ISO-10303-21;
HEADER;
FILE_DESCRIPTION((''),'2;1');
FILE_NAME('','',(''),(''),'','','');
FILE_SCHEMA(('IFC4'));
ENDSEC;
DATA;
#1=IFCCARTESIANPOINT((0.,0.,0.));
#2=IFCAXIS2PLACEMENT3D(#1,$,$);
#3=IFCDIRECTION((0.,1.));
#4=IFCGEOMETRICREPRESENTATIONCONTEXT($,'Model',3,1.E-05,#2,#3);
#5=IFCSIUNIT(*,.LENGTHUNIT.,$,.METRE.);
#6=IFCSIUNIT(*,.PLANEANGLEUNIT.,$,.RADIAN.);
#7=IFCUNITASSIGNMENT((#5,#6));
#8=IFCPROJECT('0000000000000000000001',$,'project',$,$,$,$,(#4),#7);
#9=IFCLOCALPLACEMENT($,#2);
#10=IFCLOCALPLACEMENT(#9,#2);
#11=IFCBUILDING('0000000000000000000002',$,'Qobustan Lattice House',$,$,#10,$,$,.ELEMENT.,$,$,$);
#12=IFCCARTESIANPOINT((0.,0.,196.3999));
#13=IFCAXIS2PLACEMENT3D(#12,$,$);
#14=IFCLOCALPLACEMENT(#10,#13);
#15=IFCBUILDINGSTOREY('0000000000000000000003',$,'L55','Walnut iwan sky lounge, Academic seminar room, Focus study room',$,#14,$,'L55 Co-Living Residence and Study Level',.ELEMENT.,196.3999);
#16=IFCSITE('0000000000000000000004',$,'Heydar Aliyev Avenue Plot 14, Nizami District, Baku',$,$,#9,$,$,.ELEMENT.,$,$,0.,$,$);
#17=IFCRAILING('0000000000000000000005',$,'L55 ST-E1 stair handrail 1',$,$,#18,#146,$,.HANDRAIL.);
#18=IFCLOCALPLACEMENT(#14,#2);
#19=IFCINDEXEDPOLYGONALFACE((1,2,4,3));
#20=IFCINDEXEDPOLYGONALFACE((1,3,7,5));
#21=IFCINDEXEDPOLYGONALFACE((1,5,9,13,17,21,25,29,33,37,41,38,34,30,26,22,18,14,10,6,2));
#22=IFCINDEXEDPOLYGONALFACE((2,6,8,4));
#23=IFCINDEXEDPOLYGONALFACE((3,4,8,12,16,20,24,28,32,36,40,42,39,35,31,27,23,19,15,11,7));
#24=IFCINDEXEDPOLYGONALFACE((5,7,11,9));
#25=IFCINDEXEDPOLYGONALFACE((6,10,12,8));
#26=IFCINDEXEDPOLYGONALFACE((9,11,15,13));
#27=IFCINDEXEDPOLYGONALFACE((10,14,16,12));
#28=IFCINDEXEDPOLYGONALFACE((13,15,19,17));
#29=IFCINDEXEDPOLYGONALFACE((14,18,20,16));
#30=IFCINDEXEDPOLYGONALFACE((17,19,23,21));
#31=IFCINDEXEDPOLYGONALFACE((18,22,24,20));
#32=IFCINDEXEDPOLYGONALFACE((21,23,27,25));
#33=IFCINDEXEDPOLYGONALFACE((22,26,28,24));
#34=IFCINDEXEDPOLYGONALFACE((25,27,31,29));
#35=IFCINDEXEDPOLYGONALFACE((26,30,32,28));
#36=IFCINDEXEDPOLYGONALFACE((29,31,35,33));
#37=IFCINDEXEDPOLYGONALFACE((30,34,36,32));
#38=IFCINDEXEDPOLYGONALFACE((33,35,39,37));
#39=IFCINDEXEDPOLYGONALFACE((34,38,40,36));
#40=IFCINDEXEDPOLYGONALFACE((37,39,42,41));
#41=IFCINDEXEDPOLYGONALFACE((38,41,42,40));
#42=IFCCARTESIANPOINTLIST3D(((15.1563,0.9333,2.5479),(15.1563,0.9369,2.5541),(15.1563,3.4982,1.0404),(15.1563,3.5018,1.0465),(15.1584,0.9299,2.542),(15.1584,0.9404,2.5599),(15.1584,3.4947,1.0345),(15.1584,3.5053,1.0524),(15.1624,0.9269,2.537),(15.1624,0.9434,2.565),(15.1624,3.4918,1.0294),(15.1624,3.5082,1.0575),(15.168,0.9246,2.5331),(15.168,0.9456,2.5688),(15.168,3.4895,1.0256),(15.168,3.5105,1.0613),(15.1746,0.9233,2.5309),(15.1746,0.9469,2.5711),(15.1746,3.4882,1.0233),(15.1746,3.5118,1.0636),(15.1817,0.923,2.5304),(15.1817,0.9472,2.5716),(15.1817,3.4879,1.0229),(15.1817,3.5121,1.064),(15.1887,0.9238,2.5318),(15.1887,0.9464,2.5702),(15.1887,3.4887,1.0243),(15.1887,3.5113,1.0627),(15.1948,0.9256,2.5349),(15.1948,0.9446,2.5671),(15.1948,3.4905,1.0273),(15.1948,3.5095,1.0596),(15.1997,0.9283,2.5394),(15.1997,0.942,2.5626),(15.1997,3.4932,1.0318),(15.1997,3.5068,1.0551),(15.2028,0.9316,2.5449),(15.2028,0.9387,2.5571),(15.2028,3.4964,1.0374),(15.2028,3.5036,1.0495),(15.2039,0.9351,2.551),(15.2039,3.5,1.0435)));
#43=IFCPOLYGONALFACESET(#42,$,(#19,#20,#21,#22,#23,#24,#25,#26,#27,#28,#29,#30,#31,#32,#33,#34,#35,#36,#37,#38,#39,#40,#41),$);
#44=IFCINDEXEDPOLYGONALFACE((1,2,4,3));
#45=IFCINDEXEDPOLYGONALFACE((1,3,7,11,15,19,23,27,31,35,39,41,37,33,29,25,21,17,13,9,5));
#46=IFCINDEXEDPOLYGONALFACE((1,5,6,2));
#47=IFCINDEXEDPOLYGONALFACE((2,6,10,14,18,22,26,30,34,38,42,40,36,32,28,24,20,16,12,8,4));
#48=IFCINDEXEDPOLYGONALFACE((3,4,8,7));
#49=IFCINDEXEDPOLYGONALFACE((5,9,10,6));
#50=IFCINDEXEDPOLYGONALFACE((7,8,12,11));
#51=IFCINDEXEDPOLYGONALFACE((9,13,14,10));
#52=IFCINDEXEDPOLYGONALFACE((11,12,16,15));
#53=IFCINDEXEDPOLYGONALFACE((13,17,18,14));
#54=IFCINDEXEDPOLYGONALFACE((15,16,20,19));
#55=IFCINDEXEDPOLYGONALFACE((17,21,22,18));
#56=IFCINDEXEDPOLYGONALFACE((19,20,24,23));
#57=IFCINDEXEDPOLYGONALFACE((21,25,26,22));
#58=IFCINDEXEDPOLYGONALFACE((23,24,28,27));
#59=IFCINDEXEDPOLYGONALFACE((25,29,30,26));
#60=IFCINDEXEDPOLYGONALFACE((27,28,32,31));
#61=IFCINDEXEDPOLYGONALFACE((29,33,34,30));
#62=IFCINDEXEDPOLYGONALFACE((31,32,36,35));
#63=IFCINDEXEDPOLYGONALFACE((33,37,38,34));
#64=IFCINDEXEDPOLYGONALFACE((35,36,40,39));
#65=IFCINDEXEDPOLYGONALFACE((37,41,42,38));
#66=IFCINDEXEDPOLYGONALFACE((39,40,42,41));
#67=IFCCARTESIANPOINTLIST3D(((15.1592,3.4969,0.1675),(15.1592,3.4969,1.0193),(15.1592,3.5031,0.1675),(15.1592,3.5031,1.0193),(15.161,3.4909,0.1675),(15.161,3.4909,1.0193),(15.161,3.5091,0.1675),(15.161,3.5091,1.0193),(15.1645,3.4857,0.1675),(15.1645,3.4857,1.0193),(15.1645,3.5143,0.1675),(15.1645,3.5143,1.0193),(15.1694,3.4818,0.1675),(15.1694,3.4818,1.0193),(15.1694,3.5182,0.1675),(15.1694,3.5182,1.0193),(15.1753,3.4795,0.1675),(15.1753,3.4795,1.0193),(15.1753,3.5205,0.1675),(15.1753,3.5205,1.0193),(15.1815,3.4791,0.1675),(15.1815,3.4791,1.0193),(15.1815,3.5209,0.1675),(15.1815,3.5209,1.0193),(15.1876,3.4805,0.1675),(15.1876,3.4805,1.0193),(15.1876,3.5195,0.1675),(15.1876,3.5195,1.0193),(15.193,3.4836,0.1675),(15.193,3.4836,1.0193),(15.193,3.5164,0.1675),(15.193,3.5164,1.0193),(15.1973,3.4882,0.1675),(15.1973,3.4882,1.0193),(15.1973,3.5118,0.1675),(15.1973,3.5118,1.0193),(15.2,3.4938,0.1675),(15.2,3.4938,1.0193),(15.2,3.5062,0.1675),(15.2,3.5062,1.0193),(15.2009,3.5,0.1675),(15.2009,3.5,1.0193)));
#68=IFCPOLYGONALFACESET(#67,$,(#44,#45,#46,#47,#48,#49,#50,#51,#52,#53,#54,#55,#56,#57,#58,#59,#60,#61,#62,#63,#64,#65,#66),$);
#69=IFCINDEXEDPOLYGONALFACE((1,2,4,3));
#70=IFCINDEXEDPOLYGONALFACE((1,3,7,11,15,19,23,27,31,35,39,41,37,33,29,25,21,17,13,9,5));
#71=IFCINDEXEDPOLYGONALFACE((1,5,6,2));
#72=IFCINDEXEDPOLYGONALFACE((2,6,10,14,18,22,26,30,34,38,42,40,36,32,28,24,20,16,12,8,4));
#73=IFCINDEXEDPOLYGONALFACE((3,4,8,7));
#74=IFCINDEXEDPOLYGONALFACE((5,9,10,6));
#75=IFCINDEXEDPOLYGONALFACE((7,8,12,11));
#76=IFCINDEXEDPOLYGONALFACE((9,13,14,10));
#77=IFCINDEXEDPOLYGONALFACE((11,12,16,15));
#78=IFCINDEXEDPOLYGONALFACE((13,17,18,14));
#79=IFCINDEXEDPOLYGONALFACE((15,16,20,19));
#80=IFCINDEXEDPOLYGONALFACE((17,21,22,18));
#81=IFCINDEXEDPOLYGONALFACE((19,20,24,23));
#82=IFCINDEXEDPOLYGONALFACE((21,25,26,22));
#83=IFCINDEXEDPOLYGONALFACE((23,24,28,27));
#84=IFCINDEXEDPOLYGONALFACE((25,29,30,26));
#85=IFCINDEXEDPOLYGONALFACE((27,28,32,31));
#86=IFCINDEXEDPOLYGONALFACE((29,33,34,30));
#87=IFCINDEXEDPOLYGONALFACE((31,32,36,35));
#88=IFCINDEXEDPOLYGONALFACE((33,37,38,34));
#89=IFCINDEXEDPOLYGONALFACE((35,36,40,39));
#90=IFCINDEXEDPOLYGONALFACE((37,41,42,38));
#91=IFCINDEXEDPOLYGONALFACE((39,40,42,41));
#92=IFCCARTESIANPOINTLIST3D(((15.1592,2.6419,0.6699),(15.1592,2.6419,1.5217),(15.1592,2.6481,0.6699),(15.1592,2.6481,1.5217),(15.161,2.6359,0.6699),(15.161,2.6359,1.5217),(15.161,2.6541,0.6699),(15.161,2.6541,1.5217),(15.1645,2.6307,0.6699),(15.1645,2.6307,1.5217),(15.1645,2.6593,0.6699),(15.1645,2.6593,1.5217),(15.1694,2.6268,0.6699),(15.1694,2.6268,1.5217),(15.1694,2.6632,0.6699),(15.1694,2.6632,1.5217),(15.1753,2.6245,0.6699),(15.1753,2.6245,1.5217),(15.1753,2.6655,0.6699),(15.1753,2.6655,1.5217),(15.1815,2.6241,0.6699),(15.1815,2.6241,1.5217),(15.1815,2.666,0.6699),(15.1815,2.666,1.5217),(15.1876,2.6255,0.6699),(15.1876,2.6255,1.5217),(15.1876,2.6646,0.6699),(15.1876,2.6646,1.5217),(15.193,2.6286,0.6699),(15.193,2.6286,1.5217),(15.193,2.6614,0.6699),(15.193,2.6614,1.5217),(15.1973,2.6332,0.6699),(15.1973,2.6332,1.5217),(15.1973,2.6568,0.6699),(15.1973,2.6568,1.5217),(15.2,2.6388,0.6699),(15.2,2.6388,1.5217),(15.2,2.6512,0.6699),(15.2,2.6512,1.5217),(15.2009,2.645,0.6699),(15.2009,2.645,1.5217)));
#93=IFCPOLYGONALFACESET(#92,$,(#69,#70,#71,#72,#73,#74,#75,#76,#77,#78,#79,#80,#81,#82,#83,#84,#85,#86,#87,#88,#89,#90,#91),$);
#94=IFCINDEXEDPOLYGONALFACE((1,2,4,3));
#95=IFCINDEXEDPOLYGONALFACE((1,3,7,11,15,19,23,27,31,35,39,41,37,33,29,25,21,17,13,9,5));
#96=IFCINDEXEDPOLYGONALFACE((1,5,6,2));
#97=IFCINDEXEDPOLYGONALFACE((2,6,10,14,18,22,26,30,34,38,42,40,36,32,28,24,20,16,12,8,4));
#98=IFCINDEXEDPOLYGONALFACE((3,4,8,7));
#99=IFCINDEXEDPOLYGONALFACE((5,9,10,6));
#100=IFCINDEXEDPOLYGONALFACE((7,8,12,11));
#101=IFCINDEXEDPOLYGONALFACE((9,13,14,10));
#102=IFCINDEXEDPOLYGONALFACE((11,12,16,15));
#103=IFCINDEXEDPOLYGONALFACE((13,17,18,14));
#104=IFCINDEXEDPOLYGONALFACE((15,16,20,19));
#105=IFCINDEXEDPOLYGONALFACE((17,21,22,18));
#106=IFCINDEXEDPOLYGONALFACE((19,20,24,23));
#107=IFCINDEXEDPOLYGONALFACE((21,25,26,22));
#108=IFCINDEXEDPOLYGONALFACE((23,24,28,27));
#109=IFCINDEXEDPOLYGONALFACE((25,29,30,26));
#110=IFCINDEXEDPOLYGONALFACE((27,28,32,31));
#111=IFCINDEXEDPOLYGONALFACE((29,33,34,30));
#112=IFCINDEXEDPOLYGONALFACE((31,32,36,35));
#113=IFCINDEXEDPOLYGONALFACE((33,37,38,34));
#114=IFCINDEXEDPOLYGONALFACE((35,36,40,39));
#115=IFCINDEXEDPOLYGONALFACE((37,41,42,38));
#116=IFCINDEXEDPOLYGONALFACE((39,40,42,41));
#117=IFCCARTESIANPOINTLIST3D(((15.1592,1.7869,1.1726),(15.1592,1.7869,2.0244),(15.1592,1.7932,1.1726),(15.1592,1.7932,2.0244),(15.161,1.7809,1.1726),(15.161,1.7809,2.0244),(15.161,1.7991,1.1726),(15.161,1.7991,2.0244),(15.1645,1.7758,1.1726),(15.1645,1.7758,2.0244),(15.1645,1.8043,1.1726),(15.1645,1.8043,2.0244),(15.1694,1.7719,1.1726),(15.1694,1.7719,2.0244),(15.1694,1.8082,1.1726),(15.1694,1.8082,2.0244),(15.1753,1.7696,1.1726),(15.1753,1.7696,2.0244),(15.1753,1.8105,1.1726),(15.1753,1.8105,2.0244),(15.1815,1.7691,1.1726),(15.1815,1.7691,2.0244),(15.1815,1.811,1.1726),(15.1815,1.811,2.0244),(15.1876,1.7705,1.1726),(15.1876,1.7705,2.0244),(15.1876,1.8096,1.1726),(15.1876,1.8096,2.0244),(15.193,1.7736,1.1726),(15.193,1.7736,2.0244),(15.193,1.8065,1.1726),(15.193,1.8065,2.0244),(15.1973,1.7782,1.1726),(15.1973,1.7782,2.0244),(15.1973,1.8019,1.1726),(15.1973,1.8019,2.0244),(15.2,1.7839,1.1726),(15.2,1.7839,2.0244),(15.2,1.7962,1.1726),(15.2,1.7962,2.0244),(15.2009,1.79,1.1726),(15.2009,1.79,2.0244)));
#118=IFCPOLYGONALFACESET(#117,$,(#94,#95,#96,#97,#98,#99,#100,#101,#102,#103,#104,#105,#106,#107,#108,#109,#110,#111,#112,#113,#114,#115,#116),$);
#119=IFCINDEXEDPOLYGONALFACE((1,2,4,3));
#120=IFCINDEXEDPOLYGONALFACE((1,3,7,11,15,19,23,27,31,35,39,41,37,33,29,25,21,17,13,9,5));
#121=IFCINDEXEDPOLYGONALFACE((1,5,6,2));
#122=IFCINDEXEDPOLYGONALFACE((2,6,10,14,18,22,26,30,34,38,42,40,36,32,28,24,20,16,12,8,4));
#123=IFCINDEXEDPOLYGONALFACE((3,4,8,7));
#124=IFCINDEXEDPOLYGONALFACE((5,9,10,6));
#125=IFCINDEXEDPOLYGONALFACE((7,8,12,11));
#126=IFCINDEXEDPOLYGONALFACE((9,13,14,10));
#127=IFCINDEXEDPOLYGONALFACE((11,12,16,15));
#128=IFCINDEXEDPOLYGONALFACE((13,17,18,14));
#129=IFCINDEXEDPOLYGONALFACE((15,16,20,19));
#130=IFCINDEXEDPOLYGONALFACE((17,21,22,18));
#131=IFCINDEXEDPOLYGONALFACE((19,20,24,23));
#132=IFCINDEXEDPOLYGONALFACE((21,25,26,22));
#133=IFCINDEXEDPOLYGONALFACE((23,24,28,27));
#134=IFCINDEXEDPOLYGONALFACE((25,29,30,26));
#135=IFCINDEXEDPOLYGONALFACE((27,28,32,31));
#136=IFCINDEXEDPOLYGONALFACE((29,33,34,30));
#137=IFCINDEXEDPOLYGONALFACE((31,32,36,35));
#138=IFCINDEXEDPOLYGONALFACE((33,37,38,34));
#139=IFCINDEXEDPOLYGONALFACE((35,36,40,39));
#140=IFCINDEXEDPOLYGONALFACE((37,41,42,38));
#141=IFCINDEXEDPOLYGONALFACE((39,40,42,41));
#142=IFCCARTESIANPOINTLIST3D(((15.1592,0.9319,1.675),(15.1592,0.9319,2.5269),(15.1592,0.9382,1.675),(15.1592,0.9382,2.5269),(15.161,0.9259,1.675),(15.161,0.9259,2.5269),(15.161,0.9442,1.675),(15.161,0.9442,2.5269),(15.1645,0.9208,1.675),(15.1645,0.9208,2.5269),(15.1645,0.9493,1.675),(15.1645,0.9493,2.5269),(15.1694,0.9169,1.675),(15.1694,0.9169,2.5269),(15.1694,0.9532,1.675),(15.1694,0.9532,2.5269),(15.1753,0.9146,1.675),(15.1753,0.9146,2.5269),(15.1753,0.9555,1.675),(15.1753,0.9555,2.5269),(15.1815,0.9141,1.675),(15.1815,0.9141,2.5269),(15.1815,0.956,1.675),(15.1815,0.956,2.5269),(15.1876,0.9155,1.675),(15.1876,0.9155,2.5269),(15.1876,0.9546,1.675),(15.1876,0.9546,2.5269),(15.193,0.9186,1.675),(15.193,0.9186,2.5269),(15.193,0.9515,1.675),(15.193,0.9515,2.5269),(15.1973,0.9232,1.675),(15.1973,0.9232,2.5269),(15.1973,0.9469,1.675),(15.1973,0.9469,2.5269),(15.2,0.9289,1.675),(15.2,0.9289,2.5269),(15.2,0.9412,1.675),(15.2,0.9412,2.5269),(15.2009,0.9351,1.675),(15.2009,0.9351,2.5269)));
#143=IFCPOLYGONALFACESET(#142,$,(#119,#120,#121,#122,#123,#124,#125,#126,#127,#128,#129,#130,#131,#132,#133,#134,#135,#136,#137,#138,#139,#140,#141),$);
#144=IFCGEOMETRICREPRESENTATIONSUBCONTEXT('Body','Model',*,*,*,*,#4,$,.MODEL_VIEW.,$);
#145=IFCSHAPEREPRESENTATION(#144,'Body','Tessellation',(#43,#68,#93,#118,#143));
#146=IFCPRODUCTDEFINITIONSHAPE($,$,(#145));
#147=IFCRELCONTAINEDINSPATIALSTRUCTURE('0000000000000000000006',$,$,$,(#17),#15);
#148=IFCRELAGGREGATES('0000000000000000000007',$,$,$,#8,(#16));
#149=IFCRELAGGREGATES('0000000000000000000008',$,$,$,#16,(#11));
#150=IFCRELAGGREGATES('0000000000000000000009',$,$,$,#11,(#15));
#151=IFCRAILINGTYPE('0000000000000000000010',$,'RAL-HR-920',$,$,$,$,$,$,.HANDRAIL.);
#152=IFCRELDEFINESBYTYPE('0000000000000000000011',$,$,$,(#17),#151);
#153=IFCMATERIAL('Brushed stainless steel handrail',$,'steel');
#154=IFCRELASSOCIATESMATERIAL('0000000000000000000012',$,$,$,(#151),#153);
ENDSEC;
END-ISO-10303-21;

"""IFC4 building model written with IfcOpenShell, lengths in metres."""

from ifc_helpers import new_model, si_unit, direction, frame, origin, origin_2d, place, context, subcontext, project, spatial, circle, extrude, material, type_object, element, save


model = new_model("IFC4")

# Units and contexts
model_context = context("Model", 3, precision=1e-05, world=origin(), true_north=direction((0.0, 1.0)))
body_context = subcontext(model_context, "Body", "Model", "MODEL_VIEW")
ifc_project = project(units=[si_unit("LENGTHUNIT", "METRE"), si_unit("PLANEANGLEUNIT", "RADIAN")], contexts=[model_context])

# Site, building, storey
site_placement = place(None, origin())
site = spatial("IfcSite", under=ifc_project, at=site_placement, Name="Heydar Aliyev Avenue Plot 14, Nizami District, Baku", CompositionType="ELEMENT", RefElevation=0.0)
building_placement = place(site_placement, origin())
building = spatial("IfcBuilding", under=site, at=building_placement, Name="Qobustan Lattice House", CompositionType="ELEMENT")
storey_placement = place(building_placement, frame((0.0, 0.0, 196.3999)))
storey = spatial("IfcBuildingStorey", under=building, at=storey_placement, Name="L55", Description="Walnut iwan sky lounge, Academic seminar room, Focus study room", LongName="L55 Co-Living Residence and Study Level", CompositionType="ELEMENT", Elevation=196.3999)

# Railing
ifc_material_1 = material(Name="Brushed stainless steel handrail", Category="steel")
railing_type = type_object("IfcRailingType", Name="RAL-HR-920", PredefinedType="HANDRAIL", material=ifc_material_1)
railing_placement = place(storey_placement, frame((15.1799, 3.5, 0.1675)))
element("IfcRailing", 1, at=railing_placement, inside=storey, type_object=railing_type, Name="L55 ST-E1 stair handrail 1", PredefinedType="HANDRAIL", context=body_context, shape_type="SweptSolid", body=[
    extrude(circle(Radius=0.0239, at=origin_2d()), frame((0.0, 0.0, 0.876), z_axis=(0.0, -0.862113, 0.506715), x_axis=(1.0, 0.0, 0.0)), (0.0, 0.0, 1.0), 2.9751),
    extrude(circle(Radius=0.021, at=origin_2d()), origin(), (0.0, 0.0, 1.0), 0.8518),
    extrude(circle(Radius=0.021, at=origin_2d()), frame((0.0, -0.855, 0.5024)), (0.0, 0.0, 1.0), 0.8518),
    extrude(circle(Radius=0.021, at=origin_2d()), frame((0.0, -1.71, 1.0051)), (0.0, 0.0, 1.0), 0.8518),
    extrude(circle(Radius=0.021, at=origin_2d()), frame((0.0, -2.5649, 1.5076)), (0.0, 0.0, 1.0), 0.8518),
])

save(model, "model.ifc")
